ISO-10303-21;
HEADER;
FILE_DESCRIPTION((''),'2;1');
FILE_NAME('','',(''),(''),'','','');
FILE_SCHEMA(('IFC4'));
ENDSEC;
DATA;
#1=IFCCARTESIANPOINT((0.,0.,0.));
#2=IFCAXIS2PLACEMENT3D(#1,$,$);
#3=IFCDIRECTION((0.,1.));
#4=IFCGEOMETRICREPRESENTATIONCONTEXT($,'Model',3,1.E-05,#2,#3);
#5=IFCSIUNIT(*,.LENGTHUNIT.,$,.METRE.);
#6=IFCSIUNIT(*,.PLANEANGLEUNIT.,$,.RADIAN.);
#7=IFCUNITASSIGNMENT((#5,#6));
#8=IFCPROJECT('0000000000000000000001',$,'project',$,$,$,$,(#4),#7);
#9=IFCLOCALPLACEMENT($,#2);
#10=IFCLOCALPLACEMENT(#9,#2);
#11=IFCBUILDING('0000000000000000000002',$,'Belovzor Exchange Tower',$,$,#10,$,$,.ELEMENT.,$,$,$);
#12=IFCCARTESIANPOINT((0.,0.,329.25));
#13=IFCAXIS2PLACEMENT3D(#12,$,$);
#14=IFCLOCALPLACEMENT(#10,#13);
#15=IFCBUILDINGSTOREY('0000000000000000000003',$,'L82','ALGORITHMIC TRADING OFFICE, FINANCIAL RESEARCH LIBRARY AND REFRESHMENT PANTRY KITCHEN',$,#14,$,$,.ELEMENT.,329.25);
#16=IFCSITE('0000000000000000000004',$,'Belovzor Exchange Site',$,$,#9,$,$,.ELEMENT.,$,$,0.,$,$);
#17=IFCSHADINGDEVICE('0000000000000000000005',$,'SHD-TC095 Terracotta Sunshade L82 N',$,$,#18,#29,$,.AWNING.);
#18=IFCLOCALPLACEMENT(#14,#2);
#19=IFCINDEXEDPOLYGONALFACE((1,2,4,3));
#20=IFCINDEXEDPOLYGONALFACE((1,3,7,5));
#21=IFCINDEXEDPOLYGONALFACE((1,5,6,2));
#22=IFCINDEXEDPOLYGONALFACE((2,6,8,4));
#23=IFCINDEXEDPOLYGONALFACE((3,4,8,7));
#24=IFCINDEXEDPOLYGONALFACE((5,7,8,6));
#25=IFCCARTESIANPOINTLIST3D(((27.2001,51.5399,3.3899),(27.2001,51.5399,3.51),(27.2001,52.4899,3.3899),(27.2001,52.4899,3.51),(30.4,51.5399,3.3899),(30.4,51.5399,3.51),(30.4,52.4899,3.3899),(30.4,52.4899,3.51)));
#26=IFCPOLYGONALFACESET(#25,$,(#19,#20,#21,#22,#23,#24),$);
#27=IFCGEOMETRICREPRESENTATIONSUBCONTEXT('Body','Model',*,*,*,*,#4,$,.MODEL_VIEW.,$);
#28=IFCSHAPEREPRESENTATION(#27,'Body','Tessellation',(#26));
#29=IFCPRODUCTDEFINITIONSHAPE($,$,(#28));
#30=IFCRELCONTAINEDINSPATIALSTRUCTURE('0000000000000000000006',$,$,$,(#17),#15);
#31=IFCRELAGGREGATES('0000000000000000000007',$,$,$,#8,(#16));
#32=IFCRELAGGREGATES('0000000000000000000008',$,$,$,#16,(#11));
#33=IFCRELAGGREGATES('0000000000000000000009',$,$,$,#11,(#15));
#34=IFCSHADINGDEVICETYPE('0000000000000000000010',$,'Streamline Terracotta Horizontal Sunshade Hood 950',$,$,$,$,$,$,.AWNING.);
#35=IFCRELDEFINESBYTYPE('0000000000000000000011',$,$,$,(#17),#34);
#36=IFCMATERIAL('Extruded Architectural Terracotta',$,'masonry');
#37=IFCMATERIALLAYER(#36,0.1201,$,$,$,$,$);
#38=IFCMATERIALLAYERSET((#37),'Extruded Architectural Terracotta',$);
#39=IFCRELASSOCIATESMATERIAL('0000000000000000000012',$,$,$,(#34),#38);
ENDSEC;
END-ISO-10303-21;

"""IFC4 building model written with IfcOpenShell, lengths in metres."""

from ifc_helpers import new_model, si_unit, direction, frame, origin, origin_2d, place, context, subcontext, project, spatial, rectangle, extrude, material, layer, layer_set, type_object, element, save


model = new_model("IFC4")

# Units and contexts
model_context = context("Model", 3, precision=1e-05, world=origin(), true_north=direction((0.0, 1.0)))
body_context = subcontext(model_context, "Body", "Model", "MODEL_VIEW")
ifc_project = project(units=[si_unit("LENGTHUNIT", "METRE"), si_unit("PLANEANGLEUNIT", "RADIAN")], contexts=[model_context])

# Site, building, storey
site_placement = place(None, origin())
site = spatial("IfcSite", under=ifc_project, at=site_placement, Name="Belovzor Exchange Site", CompositionType="ELEMENT", RefElevation=0.0)
building_placement = place(site_placement, origin())
building = spatial("IfcBuilding", under=site, at=building_placement, Name="Belovzor Exchange Tower", CompositionType="ELEMENT")
storey_placement = place(building_placement, frame((0.0, 0.0, 329.25)))
storey = spatial("IfcBuildingStorey", under=building, at=storey_placement, Name="L82", Description="ALGORITHMIC TRADING OFFICE, FINANCIAL RESEARCH LIBRARY AND REFRESHMENT PANTRY KITCHEN", CompositionType="ELEMENT", Elevation=329.25)

# Shading device
ifc_material_1 = material(Name="Extruded Architectural Terracotta", Category="masonry")
ifc_layer_1 = layer(ifc_material_1, 0.1201)
ifc_layer_set_1 = layer_set([ifc_layer_1], Name="Extruded Architectural Terracotta")
shading_device_type = type_object("IfcShadingDeviceType", Name="Streamline Terracotta Horizontal Sunshade Hood 950", PredefinedType="AWNING", material=ifc_layer_set_1)
shading_device_placement = place(storey_placement, frame((28.8, 52.0149, 3.3899), z_axis=(0.0, 0.0, 1.0), x_axis=(1.0, 0.0, 0.0)))
element("IfcShadingDevice", 1, at=shading_device_placement, inside=storey, type_object=shading_device_type, Name="SHD-TC095 Terracotta Sunshade L82 N", PredefinedType="AWNING", context=body_context, shape_type="SweptSolid", body=[
    extrude(rectangle(XDim=3.2, YDim=0.95, at=origin_2d()), origin(), (0.0, 0.0, 1.0), 0.1201),
])

save(model, "model.ifc")
